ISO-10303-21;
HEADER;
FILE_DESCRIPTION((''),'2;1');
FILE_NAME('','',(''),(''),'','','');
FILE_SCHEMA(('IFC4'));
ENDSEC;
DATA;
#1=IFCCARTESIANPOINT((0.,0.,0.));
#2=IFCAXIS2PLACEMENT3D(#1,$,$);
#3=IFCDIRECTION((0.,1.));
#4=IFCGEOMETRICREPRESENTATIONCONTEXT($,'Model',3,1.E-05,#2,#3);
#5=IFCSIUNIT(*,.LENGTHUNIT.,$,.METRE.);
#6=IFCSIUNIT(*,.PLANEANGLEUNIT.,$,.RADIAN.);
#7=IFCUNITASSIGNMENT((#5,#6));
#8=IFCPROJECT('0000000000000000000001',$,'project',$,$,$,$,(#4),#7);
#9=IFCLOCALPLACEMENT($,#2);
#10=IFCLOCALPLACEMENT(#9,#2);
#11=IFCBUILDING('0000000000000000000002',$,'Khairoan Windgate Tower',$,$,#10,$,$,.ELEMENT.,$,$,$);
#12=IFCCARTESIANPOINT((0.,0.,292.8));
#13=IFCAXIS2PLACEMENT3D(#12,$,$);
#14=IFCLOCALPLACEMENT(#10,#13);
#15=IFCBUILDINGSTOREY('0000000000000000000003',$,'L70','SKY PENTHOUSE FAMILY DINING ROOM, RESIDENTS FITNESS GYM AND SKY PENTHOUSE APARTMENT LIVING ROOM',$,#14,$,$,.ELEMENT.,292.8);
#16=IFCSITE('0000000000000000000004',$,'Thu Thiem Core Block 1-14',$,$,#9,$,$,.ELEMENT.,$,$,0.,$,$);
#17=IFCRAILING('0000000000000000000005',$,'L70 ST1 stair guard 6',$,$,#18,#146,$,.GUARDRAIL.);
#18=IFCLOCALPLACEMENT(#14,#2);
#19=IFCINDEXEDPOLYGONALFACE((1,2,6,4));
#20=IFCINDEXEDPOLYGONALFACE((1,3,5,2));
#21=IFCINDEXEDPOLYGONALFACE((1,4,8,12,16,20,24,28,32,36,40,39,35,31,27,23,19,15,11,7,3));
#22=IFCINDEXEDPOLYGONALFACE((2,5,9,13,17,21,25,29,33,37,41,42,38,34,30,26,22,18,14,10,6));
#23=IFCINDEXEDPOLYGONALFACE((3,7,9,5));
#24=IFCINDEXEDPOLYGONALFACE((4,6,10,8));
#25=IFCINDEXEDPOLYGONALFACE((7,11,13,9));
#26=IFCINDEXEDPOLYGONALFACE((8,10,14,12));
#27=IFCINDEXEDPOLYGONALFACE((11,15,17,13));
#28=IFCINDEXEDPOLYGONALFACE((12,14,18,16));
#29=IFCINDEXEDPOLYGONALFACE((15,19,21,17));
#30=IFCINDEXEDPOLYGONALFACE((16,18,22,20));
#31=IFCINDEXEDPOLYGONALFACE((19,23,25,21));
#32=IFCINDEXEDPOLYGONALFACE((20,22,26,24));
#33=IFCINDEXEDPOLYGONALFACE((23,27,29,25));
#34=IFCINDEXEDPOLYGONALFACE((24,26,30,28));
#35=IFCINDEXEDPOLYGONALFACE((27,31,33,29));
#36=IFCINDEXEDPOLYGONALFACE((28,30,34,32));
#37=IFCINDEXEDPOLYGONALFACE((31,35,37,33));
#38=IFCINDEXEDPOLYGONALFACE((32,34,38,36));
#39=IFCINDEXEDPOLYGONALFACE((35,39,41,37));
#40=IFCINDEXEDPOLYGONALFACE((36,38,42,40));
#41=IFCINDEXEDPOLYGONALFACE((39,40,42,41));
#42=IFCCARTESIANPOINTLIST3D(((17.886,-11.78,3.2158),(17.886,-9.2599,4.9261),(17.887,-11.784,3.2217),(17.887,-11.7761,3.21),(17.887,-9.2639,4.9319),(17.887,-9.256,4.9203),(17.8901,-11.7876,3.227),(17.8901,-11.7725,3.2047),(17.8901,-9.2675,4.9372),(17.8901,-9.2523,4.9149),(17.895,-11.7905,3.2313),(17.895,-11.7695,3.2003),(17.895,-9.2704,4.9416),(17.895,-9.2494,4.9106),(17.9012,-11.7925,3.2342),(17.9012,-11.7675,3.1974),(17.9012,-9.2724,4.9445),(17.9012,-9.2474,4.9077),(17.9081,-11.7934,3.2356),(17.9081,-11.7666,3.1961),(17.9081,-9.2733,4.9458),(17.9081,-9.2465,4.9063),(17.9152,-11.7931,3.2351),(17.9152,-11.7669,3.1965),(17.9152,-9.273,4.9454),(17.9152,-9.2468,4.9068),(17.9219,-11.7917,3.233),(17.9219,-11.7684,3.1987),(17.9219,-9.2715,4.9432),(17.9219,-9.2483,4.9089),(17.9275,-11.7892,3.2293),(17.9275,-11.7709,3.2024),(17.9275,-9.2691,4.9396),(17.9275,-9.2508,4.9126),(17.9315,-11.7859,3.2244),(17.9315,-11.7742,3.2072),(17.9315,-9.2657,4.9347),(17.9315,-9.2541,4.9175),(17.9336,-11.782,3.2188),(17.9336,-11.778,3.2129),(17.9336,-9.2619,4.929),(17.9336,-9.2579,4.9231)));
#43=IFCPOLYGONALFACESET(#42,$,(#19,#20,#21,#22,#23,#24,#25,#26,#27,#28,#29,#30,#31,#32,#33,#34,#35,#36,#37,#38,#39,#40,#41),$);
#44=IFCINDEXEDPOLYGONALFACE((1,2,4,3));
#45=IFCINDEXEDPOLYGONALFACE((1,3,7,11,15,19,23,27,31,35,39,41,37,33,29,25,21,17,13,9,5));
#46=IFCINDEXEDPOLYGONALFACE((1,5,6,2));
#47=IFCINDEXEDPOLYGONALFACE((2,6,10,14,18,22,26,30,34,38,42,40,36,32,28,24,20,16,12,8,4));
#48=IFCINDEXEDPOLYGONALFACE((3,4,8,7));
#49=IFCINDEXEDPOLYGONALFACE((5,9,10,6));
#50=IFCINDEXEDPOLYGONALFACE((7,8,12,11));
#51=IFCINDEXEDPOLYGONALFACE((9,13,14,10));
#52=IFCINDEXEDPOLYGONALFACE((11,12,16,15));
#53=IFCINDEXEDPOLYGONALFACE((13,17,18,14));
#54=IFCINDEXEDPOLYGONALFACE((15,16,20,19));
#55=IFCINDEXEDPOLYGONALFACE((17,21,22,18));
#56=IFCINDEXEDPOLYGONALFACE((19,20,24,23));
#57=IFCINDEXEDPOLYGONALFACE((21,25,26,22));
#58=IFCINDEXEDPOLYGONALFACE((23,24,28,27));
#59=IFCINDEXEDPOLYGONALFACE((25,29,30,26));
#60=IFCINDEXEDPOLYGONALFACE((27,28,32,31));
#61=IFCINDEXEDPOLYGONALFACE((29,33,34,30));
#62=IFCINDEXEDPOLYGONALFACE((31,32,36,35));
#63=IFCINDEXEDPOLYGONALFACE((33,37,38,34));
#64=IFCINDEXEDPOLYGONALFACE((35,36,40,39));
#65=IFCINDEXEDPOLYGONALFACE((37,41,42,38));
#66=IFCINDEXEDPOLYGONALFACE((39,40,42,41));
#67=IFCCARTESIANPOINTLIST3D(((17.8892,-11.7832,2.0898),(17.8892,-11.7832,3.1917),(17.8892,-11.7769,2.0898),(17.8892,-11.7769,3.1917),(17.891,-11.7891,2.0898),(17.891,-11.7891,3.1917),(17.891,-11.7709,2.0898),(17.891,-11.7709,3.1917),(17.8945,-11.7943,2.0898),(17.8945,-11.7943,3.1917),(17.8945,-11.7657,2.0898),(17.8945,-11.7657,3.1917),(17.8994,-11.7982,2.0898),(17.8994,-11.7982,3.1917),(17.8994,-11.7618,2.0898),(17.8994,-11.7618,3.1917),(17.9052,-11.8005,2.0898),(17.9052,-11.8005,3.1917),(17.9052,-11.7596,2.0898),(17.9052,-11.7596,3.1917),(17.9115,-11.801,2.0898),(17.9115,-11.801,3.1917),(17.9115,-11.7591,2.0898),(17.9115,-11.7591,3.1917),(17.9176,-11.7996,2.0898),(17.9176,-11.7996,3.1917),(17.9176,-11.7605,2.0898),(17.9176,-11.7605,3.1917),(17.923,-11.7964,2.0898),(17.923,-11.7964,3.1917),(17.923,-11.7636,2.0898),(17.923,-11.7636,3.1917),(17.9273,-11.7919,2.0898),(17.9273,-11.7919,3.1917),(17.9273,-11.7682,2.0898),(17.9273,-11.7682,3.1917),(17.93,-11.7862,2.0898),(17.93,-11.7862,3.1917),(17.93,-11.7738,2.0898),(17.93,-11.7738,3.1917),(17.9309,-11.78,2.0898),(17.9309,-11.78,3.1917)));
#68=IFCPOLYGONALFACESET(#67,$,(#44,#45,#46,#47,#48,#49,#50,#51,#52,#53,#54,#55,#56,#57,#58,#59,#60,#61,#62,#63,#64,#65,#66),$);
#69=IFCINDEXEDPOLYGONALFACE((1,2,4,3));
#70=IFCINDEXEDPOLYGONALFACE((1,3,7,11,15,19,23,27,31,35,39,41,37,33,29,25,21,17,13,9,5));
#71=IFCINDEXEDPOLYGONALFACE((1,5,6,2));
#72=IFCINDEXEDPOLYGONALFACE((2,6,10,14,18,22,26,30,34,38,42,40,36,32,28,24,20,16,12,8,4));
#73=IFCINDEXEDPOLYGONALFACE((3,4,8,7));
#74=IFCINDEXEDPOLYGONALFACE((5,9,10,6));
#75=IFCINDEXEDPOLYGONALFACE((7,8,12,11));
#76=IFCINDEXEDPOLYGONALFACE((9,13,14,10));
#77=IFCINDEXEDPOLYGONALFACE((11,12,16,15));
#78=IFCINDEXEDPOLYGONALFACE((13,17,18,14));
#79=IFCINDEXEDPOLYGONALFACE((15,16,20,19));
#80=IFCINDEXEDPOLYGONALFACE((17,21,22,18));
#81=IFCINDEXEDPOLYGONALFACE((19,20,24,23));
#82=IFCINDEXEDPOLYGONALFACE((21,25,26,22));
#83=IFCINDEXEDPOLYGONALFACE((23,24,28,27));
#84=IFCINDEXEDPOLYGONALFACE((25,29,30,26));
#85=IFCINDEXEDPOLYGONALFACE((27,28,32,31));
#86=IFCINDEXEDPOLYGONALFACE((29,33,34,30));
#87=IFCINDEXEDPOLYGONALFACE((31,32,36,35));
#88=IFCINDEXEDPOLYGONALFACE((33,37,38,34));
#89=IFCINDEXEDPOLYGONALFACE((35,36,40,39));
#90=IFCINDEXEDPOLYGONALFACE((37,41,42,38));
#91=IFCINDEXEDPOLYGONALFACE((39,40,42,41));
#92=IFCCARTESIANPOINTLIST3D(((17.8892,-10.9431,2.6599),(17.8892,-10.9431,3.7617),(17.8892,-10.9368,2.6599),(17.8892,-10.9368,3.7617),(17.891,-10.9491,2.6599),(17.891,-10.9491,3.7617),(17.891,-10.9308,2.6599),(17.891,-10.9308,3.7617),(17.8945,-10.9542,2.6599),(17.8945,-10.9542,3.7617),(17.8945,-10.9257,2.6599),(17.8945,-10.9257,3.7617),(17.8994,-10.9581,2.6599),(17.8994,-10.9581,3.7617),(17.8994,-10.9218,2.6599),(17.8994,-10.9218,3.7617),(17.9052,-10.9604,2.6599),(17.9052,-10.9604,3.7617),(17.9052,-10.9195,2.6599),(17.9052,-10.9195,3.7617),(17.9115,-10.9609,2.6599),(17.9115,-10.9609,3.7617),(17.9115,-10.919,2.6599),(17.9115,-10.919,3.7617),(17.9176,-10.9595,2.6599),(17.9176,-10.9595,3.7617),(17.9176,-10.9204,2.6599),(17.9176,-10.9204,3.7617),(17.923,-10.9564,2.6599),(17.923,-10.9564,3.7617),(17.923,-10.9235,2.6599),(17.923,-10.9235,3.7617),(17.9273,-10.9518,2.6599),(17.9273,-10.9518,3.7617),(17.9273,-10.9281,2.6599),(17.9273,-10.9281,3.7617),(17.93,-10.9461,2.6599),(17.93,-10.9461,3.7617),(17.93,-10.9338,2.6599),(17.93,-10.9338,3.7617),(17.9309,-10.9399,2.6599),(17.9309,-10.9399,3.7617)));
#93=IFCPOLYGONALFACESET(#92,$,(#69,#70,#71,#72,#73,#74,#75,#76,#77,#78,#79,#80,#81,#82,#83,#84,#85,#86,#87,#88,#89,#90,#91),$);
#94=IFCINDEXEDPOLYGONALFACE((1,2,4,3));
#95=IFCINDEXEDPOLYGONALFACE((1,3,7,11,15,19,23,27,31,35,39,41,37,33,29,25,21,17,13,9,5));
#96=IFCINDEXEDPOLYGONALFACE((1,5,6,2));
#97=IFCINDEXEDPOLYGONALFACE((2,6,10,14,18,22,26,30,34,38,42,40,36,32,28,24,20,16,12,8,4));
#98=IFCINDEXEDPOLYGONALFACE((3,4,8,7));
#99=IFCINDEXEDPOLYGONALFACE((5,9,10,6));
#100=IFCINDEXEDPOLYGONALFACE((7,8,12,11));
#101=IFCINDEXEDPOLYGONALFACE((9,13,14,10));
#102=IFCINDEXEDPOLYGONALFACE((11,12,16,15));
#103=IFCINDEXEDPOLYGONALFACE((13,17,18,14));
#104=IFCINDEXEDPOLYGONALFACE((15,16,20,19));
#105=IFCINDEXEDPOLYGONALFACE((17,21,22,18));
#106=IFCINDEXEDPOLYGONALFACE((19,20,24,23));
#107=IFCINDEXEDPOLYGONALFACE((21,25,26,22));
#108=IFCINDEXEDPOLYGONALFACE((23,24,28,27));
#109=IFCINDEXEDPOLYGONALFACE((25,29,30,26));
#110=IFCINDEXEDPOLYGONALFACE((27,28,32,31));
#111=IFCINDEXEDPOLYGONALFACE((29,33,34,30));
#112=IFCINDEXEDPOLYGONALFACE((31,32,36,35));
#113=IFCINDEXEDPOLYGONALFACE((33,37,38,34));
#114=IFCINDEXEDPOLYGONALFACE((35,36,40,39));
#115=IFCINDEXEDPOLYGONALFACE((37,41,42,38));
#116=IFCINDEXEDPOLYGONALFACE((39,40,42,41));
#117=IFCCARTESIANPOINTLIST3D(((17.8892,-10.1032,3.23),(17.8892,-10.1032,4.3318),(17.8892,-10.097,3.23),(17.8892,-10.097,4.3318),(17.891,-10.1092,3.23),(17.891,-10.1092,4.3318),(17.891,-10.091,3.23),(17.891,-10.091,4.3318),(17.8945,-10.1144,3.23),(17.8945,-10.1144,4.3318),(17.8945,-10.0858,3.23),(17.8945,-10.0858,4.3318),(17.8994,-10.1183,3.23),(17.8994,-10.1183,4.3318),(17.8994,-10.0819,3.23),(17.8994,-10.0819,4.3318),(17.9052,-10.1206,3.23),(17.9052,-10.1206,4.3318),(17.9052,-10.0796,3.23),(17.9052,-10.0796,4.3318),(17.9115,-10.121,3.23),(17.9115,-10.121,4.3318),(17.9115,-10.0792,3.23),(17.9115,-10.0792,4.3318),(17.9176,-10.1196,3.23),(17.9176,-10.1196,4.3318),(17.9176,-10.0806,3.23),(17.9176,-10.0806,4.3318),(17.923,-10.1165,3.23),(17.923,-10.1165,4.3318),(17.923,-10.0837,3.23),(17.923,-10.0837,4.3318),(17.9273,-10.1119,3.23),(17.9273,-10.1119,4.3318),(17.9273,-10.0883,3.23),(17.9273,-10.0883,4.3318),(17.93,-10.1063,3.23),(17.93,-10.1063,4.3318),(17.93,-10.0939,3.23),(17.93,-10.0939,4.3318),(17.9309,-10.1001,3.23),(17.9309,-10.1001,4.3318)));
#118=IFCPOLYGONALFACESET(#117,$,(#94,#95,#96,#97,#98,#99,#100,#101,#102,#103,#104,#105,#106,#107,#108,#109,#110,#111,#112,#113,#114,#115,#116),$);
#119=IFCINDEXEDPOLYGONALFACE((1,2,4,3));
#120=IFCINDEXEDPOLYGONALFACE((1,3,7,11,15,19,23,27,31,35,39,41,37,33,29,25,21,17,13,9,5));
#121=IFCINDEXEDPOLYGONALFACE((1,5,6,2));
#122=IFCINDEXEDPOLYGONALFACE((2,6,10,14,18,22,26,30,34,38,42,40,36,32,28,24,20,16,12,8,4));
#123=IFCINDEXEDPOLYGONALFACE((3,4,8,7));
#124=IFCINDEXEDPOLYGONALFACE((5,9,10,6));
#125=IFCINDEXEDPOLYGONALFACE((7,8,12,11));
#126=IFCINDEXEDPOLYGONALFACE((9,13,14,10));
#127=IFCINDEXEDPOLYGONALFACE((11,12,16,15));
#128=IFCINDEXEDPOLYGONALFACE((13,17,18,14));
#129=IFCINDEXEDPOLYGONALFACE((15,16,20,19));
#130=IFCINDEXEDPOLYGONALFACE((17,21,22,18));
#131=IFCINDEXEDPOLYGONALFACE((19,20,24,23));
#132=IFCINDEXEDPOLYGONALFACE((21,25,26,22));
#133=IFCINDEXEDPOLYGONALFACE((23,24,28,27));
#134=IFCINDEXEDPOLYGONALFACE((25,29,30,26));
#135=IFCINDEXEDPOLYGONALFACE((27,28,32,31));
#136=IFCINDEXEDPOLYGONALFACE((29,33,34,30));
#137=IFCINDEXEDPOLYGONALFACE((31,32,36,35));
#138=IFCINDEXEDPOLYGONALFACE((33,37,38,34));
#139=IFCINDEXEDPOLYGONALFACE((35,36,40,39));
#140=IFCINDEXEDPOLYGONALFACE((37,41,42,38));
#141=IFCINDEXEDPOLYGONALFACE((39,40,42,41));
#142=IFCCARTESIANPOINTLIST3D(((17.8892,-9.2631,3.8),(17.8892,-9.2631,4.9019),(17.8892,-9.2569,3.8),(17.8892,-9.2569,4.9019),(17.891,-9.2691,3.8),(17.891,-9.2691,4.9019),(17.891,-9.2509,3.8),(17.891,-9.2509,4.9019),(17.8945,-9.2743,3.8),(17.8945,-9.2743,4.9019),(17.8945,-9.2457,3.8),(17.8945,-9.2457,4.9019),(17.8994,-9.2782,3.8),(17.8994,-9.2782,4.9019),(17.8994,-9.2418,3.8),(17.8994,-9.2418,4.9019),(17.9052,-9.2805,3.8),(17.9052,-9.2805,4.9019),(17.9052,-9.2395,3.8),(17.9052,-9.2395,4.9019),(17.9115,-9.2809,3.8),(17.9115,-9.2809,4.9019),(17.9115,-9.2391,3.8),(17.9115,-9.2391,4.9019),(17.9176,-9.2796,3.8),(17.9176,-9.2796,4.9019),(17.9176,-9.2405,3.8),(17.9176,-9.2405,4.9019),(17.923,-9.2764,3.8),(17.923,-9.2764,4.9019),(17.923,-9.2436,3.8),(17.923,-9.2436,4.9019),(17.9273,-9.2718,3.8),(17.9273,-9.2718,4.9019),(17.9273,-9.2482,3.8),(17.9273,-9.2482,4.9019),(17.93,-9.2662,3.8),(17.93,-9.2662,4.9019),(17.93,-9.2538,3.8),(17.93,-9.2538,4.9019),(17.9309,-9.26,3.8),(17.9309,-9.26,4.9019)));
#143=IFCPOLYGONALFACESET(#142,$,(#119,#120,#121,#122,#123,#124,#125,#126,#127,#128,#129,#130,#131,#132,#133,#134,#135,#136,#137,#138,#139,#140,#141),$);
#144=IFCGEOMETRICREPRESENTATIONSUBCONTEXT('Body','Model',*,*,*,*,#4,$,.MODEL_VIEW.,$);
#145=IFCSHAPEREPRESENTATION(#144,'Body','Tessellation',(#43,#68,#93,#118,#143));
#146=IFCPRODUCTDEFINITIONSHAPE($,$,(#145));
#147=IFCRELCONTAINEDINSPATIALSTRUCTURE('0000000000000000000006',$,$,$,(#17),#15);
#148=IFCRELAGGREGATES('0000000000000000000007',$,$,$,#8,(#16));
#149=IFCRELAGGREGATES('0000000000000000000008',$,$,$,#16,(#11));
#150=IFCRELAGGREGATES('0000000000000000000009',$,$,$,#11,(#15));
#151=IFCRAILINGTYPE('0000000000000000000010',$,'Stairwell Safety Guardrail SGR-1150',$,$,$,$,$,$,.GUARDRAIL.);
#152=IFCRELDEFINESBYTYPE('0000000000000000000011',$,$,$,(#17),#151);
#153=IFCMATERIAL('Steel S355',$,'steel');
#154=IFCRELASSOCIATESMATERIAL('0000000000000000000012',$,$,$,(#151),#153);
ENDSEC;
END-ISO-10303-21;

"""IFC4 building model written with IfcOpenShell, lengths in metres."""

from ifc_helpers import new_model, si_unit, direction, frame, origin, origin_2d, place, context, subcontext, project, spatial, circle, extrude, material, type_object, element, save


model = new_model("IFC4")

# Units and contexts
model_context = context("Model", 3, precision=1e-05, world=origin(), true_north=direction((0.0, 1.0)))
body_context = subcontext(model_context, "Body", "Model", "MODEL_VIEW")
ifc_project = project(units=[si_unit("LENGTHUNIT", "METRE"), si_unit("PLANEANGLEUNIT", "RADIAN")], contexts=[model_context])

# Site, building, storey
site_placement = place(None, origin())
site = spatial("IfcSite", under=ifc_project, at=site_placement, Name="Thu Thiem Core Block 1-14", CompositionType="ELEMENT", RefElevation=0.0)
building_placement = place(site_placement, origin())
building = spatial("IfcBuilding", under=site, at=building_placement, Name="Khairoan Windgate Tower", CompositionType="ELEMENT")
storey_placement = place(building_placement, frame((0.0, 0.0, 292.8)))
storey = spatial("IfcBuildingStorey", under=building, at=storey_placement, Name="L70", Description="SKY PENTHOUSE FAMILY DINING ROOM, RESIDENTS FITNESS GYM AND SKY PENTHOUSE APARTMENT LIVING ROOM", CompositionType="ELEMENT", Elevation=292.8)

# Railing
ifc_material_1 = material(Name="Steel S355", Category="steel")
railing_type_1 = type_object("IfcRailingType", Name="Stairwell Safety Guardrail SGR-1150", PredefinedType="GUARDRAIL", material=ifc_material_1)
railing_1_placement = place(storey_placement, frame((17.9099, -11.78, 2.0898)))
element("IfcRailing", 1, at=railing_1_placement, inside=storey, type_object=railing_type_1, Name="L70 ST1 stair guard 6", PredefinedType="GUARDRAIL", context=body_context, shape_type="SweptSolid", body=[
    extrude(circle(Radius=0.0239, at=origin_2d()), frame((0.0, 0.0, 1.126), z_axis=(0.0, 0.827447, 0.561545), x_axis=(-1.0, 0.0, 0.0)), (0.0, 0.0, 1.0), 3.0457),
    extrude(circle(Radius=0.021, at=origin_2d()), origin(), (0.0, 0.0, 1.0), 1.1018),
    extrude(circle(Radius=0.021, at=origin_2d()), frame((0.0, 0.8401, 0.5701)), (0.0, 0.0, 1.0), 1.1018),
    extrude(circle(Radius=0.021, at=origin_2d()), frame((0.0, 1.6799, 1.1401)), (0.0, 0.0, 1.0), 1.1018),
    extrude(circle(Radius=0.021, at=origin_2d()), frame((0.0, 2.52, 1.7102)), (0.0, 0.0, 1.0), 1.1018),
])

save(model, "model.ifc")
